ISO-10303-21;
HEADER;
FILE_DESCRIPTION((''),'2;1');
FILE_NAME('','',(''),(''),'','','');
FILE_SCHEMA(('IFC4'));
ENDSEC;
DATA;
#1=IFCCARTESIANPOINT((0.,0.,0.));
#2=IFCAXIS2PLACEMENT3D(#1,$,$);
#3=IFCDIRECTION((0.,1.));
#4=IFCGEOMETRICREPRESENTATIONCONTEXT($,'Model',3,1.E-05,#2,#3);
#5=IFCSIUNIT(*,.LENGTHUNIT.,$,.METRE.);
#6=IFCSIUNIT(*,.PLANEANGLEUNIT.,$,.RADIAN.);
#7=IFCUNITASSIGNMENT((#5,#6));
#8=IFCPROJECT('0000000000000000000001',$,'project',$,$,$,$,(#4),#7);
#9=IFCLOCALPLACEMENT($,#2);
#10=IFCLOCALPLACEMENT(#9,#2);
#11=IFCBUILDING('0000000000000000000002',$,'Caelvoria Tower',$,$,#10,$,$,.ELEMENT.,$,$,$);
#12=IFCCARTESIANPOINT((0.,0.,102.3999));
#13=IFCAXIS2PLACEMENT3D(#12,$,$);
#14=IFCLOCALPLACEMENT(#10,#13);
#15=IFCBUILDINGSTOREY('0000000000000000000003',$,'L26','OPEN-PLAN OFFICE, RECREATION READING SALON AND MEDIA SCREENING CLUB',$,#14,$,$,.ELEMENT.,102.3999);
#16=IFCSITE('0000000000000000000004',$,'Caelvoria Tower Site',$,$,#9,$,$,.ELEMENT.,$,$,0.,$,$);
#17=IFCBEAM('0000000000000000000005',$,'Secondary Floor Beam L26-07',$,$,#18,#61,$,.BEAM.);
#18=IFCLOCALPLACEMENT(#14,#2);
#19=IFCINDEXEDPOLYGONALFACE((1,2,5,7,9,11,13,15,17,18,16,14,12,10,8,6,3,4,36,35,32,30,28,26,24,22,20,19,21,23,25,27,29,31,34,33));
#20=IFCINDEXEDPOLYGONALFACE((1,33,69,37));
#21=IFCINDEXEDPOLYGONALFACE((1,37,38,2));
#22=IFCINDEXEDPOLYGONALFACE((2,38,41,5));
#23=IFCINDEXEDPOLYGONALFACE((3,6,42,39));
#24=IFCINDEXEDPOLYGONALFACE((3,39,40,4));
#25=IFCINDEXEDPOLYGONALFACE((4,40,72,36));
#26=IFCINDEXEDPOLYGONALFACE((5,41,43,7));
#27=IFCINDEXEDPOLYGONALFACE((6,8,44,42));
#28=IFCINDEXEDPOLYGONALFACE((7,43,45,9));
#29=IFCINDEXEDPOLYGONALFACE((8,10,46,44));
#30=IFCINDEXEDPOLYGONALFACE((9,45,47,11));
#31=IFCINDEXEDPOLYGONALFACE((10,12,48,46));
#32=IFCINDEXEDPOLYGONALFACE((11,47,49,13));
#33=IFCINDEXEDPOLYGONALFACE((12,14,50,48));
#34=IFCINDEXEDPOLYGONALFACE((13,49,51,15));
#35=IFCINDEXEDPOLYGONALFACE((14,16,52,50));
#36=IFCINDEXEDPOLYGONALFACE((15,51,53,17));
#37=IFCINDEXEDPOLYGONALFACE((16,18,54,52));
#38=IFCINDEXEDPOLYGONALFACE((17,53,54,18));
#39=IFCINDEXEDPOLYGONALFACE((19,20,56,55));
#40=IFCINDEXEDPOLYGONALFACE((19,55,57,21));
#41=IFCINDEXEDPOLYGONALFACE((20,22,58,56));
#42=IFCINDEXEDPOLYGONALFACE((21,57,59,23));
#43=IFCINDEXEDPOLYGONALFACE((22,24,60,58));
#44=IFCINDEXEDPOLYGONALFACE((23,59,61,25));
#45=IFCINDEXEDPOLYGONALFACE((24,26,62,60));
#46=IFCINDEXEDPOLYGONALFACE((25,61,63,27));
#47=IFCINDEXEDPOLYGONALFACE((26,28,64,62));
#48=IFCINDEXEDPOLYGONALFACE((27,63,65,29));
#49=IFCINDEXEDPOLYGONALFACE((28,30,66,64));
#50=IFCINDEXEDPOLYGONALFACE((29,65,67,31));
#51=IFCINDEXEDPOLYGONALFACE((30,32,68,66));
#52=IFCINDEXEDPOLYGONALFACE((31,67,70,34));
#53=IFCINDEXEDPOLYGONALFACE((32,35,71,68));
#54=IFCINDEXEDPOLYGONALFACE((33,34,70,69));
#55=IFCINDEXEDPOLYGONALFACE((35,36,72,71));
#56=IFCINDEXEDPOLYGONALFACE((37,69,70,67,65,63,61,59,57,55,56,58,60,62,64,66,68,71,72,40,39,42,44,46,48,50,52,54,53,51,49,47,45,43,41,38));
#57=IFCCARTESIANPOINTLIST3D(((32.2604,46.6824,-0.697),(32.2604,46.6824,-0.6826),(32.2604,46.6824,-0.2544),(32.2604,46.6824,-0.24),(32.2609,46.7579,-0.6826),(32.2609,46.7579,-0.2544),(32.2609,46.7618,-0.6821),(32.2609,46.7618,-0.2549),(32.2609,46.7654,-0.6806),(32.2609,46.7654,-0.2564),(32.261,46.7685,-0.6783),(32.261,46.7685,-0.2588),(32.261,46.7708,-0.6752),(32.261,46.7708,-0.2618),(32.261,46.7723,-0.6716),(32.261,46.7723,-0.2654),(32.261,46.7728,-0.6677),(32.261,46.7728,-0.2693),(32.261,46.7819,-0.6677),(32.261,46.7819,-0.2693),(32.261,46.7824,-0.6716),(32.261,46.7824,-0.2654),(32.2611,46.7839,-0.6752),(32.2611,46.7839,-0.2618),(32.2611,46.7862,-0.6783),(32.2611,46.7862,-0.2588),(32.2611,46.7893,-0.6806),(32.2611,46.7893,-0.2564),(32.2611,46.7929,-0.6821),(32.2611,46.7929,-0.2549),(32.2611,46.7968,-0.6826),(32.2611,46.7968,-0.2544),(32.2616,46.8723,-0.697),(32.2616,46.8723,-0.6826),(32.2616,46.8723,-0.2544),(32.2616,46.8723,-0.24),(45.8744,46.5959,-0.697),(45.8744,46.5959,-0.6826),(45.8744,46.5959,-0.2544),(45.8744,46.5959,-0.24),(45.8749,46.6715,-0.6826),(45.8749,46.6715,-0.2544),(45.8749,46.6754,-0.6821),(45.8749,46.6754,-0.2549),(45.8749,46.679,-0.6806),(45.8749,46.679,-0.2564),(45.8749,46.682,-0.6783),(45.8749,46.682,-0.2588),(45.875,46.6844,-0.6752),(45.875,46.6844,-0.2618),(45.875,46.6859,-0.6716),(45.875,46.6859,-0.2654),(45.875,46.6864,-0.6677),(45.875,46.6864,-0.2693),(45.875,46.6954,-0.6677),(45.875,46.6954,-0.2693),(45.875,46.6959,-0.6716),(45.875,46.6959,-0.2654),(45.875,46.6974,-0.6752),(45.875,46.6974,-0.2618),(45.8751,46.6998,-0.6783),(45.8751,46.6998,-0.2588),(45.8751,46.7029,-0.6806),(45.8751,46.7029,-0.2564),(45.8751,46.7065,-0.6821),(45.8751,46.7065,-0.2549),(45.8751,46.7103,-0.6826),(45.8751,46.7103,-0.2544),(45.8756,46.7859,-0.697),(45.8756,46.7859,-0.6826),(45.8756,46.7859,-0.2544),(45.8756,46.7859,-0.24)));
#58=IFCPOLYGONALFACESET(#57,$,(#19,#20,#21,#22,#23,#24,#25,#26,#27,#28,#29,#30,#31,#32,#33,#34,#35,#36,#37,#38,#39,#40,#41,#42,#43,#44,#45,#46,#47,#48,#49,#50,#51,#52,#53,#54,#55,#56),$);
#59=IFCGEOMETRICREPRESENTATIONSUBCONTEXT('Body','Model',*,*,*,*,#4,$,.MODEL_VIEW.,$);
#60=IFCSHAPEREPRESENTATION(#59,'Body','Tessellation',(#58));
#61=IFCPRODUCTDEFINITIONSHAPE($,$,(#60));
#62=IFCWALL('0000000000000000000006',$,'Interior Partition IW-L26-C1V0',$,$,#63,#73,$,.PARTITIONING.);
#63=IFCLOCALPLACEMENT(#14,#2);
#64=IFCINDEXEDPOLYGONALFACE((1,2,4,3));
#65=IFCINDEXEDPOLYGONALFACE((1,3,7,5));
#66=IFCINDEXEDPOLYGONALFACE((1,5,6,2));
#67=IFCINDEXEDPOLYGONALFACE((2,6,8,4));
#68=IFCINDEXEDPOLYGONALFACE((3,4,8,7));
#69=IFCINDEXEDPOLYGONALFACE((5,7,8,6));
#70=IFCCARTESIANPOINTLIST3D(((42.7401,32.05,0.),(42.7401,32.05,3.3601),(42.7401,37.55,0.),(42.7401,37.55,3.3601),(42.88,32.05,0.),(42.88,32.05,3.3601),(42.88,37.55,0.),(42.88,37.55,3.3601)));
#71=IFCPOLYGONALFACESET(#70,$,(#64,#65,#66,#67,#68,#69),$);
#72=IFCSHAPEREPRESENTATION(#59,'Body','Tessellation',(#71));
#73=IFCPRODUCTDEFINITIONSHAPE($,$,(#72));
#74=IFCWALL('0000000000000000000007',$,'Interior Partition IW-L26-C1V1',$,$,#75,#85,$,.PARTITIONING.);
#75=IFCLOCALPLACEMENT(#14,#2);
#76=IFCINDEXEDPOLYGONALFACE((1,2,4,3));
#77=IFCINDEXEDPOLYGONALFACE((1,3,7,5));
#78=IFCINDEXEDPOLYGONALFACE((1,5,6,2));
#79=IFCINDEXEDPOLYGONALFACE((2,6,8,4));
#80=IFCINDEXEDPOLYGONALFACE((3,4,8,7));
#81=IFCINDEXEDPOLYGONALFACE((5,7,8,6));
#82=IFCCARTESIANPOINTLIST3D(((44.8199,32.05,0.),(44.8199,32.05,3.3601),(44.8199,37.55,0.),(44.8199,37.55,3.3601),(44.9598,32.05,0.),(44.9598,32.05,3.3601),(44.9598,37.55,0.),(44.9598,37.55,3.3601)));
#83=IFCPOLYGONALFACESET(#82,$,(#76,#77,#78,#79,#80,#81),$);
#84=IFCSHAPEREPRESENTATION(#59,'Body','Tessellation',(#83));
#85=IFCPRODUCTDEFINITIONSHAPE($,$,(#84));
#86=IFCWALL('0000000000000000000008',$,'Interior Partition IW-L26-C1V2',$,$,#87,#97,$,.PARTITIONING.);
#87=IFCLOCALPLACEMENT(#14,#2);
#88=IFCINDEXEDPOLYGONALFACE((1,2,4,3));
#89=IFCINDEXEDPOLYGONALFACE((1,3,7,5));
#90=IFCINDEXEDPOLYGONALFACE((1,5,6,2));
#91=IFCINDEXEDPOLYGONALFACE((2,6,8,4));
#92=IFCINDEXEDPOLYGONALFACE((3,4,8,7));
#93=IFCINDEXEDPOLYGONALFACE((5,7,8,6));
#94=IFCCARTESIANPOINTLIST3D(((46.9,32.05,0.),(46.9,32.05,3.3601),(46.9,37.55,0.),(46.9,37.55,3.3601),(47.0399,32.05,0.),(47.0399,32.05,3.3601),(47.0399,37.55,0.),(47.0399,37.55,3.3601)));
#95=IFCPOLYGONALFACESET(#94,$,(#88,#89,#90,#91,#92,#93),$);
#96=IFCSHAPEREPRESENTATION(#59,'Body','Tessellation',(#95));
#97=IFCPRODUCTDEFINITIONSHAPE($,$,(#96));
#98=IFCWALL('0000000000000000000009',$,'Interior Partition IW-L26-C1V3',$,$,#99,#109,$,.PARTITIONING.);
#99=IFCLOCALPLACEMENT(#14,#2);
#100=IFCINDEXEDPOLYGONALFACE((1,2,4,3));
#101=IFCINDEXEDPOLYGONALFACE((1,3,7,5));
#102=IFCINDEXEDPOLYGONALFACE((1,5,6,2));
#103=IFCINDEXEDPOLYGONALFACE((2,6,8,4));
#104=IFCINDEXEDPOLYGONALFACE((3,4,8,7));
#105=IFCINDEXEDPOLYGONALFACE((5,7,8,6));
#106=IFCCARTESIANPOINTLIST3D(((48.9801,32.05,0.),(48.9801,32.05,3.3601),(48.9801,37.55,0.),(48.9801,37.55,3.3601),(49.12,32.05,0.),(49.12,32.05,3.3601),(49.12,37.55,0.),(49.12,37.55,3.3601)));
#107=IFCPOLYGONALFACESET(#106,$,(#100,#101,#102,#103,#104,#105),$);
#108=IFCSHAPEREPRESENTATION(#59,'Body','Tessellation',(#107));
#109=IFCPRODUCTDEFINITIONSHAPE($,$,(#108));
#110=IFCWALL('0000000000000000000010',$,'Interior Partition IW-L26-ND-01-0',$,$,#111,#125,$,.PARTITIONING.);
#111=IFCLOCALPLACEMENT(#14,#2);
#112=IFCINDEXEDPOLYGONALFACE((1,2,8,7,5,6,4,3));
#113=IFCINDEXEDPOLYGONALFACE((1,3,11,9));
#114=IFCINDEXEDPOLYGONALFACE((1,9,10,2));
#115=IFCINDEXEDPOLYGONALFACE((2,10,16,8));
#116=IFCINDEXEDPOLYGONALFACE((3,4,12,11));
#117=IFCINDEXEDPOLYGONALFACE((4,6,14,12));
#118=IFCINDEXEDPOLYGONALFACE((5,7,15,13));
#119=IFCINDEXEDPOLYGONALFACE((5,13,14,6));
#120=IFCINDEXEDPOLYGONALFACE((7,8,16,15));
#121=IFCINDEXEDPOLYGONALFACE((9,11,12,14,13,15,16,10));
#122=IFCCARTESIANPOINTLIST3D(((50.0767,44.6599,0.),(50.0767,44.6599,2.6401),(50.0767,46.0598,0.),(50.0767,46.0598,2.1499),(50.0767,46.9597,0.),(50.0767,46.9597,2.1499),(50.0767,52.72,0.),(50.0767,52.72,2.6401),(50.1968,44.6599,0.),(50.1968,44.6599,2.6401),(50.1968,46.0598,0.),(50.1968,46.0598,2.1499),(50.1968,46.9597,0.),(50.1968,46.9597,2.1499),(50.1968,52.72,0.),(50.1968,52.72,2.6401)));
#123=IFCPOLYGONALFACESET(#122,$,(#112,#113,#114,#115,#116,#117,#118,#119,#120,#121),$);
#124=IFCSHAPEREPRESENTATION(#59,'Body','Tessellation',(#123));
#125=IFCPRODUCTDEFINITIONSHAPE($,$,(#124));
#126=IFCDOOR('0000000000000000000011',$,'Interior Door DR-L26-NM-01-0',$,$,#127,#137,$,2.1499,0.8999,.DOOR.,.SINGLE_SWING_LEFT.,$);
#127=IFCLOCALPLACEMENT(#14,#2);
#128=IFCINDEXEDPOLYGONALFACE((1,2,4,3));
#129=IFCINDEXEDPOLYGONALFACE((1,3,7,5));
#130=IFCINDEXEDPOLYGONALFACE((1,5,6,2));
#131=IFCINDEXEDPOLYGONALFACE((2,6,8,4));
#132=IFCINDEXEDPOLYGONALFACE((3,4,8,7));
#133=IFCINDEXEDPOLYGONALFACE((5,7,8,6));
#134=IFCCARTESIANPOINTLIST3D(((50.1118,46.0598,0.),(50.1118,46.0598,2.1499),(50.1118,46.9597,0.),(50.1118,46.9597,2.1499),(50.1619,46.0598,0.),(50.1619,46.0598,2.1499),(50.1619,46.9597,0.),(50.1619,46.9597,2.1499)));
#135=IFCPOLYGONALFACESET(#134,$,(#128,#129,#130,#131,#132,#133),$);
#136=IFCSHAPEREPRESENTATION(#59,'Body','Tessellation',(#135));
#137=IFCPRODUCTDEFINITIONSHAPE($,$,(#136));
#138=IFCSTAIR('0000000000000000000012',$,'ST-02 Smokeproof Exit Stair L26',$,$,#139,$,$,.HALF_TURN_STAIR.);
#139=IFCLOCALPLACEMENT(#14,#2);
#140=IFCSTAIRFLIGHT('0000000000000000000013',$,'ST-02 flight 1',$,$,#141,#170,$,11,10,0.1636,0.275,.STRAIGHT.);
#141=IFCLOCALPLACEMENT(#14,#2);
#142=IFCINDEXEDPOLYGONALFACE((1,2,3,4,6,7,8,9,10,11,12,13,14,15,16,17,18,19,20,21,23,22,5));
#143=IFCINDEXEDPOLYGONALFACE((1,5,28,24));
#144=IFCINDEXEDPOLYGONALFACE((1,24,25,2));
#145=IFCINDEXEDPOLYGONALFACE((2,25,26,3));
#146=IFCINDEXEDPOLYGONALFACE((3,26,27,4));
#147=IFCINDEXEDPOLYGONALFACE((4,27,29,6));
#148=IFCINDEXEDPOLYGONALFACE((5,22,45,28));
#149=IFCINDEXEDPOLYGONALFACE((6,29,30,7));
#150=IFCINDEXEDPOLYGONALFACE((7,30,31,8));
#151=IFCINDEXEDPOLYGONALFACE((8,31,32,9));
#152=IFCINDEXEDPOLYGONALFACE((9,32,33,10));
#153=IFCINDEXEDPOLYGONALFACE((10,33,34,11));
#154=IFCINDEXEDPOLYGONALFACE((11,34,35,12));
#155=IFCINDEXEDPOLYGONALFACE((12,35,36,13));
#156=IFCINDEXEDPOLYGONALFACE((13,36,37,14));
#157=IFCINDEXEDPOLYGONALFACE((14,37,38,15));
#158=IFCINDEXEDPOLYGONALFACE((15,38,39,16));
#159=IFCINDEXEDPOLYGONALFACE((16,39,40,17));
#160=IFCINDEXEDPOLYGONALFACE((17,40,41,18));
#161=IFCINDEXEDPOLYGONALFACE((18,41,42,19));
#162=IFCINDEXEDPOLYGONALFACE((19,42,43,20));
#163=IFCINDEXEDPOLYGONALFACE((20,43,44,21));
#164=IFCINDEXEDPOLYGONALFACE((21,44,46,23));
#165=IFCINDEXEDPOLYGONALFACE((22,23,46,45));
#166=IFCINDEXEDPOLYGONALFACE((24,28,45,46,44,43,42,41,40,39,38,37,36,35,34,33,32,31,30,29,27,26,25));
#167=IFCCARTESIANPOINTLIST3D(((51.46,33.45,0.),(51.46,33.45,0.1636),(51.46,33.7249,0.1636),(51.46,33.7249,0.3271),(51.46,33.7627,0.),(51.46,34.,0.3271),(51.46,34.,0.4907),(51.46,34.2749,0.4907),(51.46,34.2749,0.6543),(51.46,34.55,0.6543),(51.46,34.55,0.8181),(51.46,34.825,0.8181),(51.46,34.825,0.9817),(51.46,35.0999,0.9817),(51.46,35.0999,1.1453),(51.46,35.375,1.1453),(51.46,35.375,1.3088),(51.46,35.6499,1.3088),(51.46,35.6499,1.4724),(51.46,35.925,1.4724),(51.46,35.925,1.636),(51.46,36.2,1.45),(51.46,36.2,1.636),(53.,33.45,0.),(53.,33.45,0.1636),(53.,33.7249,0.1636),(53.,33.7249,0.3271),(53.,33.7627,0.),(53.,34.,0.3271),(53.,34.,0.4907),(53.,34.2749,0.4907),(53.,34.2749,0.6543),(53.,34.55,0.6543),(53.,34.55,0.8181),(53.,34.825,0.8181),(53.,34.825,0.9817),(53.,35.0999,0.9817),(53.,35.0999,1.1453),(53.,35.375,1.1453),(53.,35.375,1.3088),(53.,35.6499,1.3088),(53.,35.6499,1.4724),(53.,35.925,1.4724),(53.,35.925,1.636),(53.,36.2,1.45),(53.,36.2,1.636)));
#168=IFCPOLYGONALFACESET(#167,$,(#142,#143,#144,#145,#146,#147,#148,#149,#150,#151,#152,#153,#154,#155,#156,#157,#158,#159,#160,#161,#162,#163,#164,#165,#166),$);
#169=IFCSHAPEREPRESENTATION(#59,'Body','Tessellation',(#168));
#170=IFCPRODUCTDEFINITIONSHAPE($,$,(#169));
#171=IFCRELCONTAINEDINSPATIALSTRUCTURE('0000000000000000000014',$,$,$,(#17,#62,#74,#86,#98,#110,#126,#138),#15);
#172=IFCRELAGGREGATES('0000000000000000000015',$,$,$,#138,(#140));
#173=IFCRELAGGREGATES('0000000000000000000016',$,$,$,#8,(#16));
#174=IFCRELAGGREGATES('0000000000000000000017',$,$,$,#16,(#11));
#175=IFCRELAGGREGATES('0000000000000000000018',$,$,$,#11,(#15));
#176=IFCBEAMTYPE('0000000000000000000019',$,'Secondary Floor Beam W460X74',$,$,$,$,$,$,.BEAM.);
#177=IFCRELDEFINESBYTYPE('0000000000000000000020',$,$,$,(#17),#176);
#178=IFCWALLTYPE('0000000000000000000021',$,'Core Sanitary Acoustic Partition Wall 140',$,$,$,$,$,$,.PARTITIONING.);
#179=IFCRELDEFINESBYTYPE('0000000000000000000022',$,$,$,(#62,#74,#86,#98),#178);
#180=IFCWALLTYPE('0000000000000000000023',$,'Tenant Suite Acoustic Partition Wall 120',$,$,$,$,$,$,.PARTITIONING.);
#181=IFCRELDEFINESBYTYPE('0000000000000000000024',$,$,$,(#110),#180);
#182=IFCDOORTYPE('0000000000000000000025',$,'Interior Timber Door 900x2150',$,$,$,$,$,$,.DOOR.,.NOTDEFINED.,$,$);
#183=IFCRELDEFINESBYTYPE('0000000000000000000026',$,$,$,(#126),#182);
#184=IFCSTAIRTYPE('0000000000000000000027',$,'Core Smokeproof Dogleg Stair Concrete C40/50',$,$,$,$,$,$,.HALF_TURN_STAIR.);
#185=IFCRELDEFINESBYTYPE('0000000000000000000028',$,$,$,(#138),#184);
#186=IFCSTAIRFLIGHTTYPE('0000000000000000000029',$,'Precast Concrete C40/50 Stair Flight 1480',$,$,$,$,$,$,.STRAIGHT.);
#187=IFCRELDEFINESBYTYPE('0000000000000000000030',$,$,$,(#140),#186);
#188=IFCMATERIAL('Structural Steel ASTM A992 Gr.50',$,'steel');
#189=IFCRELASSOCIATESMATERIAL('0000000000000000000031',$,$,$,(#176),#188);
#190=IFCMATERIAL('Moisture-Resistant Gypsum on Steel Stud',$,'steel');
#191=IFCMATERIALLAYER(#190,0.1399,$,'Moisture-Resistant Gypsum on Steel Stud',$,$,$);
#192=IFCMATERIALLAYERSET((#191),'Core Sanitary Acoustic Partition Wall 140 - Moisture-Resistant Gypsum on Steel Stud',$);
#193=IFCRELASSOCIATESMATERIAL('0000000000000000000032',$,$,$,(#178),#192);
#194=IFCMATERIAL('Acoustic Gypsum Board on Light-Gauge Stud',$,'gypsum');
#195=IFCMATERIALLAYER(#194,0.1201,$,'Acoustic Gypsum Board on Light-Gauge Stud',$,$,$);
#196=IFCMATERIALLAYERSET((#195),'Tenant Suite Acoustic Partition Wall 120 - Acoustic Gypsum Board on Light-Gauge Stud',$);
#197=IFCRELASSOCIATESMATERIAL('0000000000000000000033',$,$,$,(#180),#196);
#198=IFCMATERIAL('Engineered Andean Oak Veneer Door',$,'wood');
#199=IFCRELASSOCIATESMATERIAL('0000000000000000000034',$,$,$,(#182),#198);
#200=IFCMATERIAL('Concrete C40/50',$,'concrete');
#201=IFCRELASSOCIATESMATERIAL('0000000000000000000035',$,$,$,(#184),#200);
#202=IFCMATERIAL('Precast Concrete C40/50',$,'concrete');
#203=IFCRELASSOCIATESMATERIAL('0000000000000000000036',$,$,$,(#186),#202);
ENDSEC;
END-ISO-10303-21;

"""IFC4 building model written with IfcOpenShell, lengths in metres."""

from ifc_helpers import new_model, si_unit, direction, frame, frame_2d, origin, origin_2d, place, context, subcontext, project, spatial, polyline, rectangle, i_section, outline, extrude, material, layer, layer_set, material_profile, profile_set, type_object, element, fill, aggregate, save


model = new_model("IFC4")

# Units and contexts
model_context = context("Model", 3, precision=1e-05, world=origin(), true_north=direction((0.0, 1.0)))
body_context = subcontext(model_context, "Body", "Model", "MODEL_VIEW")
ifc_project = project(units=[si_unit("LENGTHUNIT", "METRE"), si_unit("PLANEANGLEUNIT", "RADIAN")], contexts=[model_context])

# Site, building, storey
site_placement = place(None, origin())
site = spatial("IfcSite", under=ifc_project, at=site_placement, Name="Caelvoria Tower Site", CompositionType="ELEMENT", RefElevation=0.0)
building_placement = place(site_placement, origin())
building = spatial("IfcBuilding", under=site, at=building_placement, Name="Caelvoria Tower", CompositionType="ELEMENT")
storey_placement = place(building_placement, frame((0.0, 0.0, 102.3999)))
storey = spatial("IfcBuildingStorey", under=building, at=storey_placement, Name="L26", Description="OPEN-PLAN OFFICE, RECREATION READING SALON AND MEDIA SCREENING CLUB", CompositionType="ELEMENT", Elevation=102.3999)

# Beam
ifc_material_1 = material(Name="Structural Steel ASTM A992 Gr.50", Category="steel")
ifc_material_profile_1 = material_profile(ifc_material_1, i_section(OverallWidth=0.1899, OverallDepth=0.457, WebThickness=0.009, FlangeThickness=0.0144, FilletRadius=0.0149, at=origin_2d()), Name="Structural Steel ASTM A992 Gr.50")
ifc_profile_set_1 = profile_set([ifc_material_profile_1], Name="W460X74 - Structural Steel ASTM A992 Gr.50")
beam_type_1 = type_object("IfcBeamType", Name="Secondary Floor Beam W460X74", PredefinedType="BEAM", material=ifc_profile_set_1)
for number, where, z_axis, x_axis, name in (
    (1, (45.875, 46.6909, -0.4685), (-0.99998, 0.006348, 0.0), (-0.006348, -0.99998, 0.0), "Secondary Floor Beam L26-07"),
):
    element("IfcBeam", number, at=place(storey_placement, frame(where, z_axis=z_axis, x_axis=x_axis)), inside=storey, type_object=beam_type_1, Name=name, PredefinedType="BEAM", context=body_context, shape_type="SweptSolid", body=[
        extrude(i_section(OverallWidth=0.1899, OverallDepth=0.457, WebThickness=0.009, FlangeThickness=0.0144, FilletRadius=0.0149, at=origin_2d()), origin(), (0.0, 0.0, 1.0), 13.6143),
    ])

# Walls
ifc_material_2 = material(Name="Moisture-Resistant Gypsum on Steel Stud", Category="steel")
ifc_layer_1 = layer(ifc_material_2, 0.1399, Name="Moisture-Resistant Gypsum on Steel Stud")
ifc_layer_set_1 = layer_set([ifc_layer_1], Name="Core Sanitary Acoustic Partition Wall 140 - Moisture-Resistant Gypsum on Steel Stud")
wall_type_1 = type_object("IfcWallType", Name="Core Sanitary Acoustic Partition Wall 140", PredefinedType="PARTITIONING", material=ifc_layer_set_1)
for number, where, z_axis, x_axis, name in (
    (2, (42.8101, 32.05, 0.0), (0.0, 0.0, 1.0), (0.0, 1.0, 0.0), "Interior Partition IW-L26-C1V0"),
    (3, (44.8899, 32.05, 0.0), (0.0, 0.0, 1.0), (0.0, 1.0, 0.0), "Interior Partition IW-L26-C1V1"),
    (4, (46.97, 32.05, 0.0), (0.0, 0.0, 1.0), (0.0, 1.0, 0.0), "Interior Partition IW-L26-C1V2"),
    (5, (49.05, 32.05, 0.0), (0.0, 0.0, 1.0), (0.0, 1.0, 0.0), "Interior Partition IW-L26-C1V3"),
):
    element("IfcWall", number, at=place(storey_placement, frame(where, z_axis=z_axis, x_axis=x_axis)), inside=storey, type_object=wall_type_1, Name=name, PredefinedType="PARTITIONING", context=body_context, shape_type="SweptSolid", body=[
        extrude(rectangle(XDim=5.5, YDim=0.1399, at=frame_2d((2.75, 0.0))), origin(), (0.0, 0.0, 1.0), 3.3601),
    ])

# Wall, opening, door
ifc_material_3 = material(Name="Acoustic Gypsum Board on Light-Gauge Stud", Category="gypsum")
ifc_layer_2 = layer(ifc_material_3, 0.1201, Name="Acoustic Gypsum Board on Light-Gauge Stud")
ifc_layer_set_2 = layer_set([ifc_layer_2], Name="Tenant Suite Acoustic Partition Wall 120 - Acoustic Gypsum Board on Light-Gauge Stud")
wall_type_2 = type_object("IfcWallType", Name="Tenant Suite Acoustic Partition Wall 120", PredefinedType="PARTITIONING", material=ifc_layer_set_2)
wall_placement = place(storey_placement, frame((50.1367, 44.6599, 0.0), z_axis=(0.0, 0.0, 1.0), x_axis=(0.0, 1.0, 0.0)))
wall = element("IfcWall", 6, at=wall_placement, inside=storey, type_object=wall_type_2, Name="Interior Partition IW-L26-ND-01-0", PredefinedType="PARTITIONING", context=body_context, shape_type="SweptSolid", body=[
    extrude(rectangle(XDim=8.0601, YDim=0.1201, at=frame_2d((4.03, 0.0))), origin(), (0.0, 0.0, 1.0), 2.6401),
])
opening_placement = place(wall_placement, frame((1.3999, 0.0, 0.0)))
opening = element("IfcOpeningElement", 7, at=opening_placement, cuts=wall, PredefinedType="OPENING", context=body_context, shape_type="SweptSolid", body=[
    extrude(rectangle(XDim=0.8999, YDim=2.1499, at=frame_2d((0.45, 1.075))), frame((0.0, 0.0701, 0.0), z_axis=(0.0, -1.0, 0.0), x_axis=(1.0, 0.0, 0.0)), (0.0, 0.0, 1.0), 0.1401),
])
ifc_material_4 = material(Name="Engineered Andean Oak Veneer Door", Category="wood")
door_type = type_object("IfcDoorType", Name="Interior Timber Door 900x2150", OperationType="NOTDEFINED", PredefinedType="DOOR", material=ifc_material_4)
door_placement = place(opening_placement, origin())
door = element("IfcDoor", 8, at=door_placement, inside=storey, type_object=door_type, Name="Interior Door DR-L26-NM-01-0", OperationType="SINGLE_SWING_LEFT", OverallHeight=2.1499, OverallWidth=0.8999, PredefinedType="DOOR", context=body_context, shape_type="SweptSolid", body=[
    extrude(rectangle(XDim=0.8999, YDim=2.1499, at=frame_2d((0.45, 1.075))), frame((0.0, 0.0249, 0.0), z_axis=(0.0, -1.0, 0.0), x_axis=(1.0, 0.0, 0.0)), (0.0, 0.0, 1.0), 0.05),
])
fill(opening, door)

# Stair, stair flight
ifc_material_5 = material(Name="Concrete C40/50", Category="concrete")
stair_type = type_object("IfcStairType", Name="Core Smokeproof Dogleg Stair Concrete C40/50", PredefinedType="HALF_TURN_STAIR", material=ifc_material_5)
stair_placement = place(storey_placement, origin())
stair = element("IfcStair", 9, at=stair_placement, inside=storey, type_object=stair_type, Name="ST-02 Smokeproof Exit Stair L26", PredefinedType="HALF_TURN_STAIR")
ifc_material_6 = material(Name="Precast Concrete C40/50", Category="concrete")
stair_flight_type = type_object("IfcStairFlightType", Name="Precast Concrete C40/50 Stair Flight 1480", PredefinedType="STRAIGHT", material=ifc_material_6)
stair_flight_1_placement = place(storey_placement, frame((52.23, 33.45, 0.0), z_axis=(0.0, 0.0, 1.0), x_axis=(0.0, 1.0, 0.0)))
stair_flight_1 = element("IfcStairFlight", 10, at=stair_flight_1_placement, type_object=stair_flight_type, Name="ST-02 flight 1", NumberOfRisers=11, NumberOfTreads=10, PredefinedType="STRAIGHT", RiserHeight=0.1636, TreadLength=0.275, context=body_context, shape_type="SweptSolid", body=[
    extrude(outline(polyline([(0.0, 0.0), (0.0, 0.1636), (0.2749, 0.1636), (0.2749, 0.3271), (0.55, 0.3271), (0.55, 0.4907), (0.825, 0.4907), (0.825, 0.6543), (1.1001, 0.6543), (1.1001, 0.8181), (1.375, 0.8181), (1.375, 0.9817), (1.6499, 0.9817), (1.6499, 1.1453), (1.925, 1.1453), (1.925, 1.3088), (2.2, 1.3088), (2.2, 1.4724), (2.4751, 1.4724), (2.4751, 1.636), (2.75, 1.636), (2.75, 1.7996), (2.75, 1.45), (0.3127, 0.0), (0.0, 0.0)])), frame((0.0, 0.77, 0.0), z_axis=(0.0, -1.0, 0.0), x_axis=(1.0, 0.0, 0.0)), (0.0, 0.0, 1.0), 1.54),
])
aggregate(stair, [stair_flight_1])

save(model, "model.ifc")
